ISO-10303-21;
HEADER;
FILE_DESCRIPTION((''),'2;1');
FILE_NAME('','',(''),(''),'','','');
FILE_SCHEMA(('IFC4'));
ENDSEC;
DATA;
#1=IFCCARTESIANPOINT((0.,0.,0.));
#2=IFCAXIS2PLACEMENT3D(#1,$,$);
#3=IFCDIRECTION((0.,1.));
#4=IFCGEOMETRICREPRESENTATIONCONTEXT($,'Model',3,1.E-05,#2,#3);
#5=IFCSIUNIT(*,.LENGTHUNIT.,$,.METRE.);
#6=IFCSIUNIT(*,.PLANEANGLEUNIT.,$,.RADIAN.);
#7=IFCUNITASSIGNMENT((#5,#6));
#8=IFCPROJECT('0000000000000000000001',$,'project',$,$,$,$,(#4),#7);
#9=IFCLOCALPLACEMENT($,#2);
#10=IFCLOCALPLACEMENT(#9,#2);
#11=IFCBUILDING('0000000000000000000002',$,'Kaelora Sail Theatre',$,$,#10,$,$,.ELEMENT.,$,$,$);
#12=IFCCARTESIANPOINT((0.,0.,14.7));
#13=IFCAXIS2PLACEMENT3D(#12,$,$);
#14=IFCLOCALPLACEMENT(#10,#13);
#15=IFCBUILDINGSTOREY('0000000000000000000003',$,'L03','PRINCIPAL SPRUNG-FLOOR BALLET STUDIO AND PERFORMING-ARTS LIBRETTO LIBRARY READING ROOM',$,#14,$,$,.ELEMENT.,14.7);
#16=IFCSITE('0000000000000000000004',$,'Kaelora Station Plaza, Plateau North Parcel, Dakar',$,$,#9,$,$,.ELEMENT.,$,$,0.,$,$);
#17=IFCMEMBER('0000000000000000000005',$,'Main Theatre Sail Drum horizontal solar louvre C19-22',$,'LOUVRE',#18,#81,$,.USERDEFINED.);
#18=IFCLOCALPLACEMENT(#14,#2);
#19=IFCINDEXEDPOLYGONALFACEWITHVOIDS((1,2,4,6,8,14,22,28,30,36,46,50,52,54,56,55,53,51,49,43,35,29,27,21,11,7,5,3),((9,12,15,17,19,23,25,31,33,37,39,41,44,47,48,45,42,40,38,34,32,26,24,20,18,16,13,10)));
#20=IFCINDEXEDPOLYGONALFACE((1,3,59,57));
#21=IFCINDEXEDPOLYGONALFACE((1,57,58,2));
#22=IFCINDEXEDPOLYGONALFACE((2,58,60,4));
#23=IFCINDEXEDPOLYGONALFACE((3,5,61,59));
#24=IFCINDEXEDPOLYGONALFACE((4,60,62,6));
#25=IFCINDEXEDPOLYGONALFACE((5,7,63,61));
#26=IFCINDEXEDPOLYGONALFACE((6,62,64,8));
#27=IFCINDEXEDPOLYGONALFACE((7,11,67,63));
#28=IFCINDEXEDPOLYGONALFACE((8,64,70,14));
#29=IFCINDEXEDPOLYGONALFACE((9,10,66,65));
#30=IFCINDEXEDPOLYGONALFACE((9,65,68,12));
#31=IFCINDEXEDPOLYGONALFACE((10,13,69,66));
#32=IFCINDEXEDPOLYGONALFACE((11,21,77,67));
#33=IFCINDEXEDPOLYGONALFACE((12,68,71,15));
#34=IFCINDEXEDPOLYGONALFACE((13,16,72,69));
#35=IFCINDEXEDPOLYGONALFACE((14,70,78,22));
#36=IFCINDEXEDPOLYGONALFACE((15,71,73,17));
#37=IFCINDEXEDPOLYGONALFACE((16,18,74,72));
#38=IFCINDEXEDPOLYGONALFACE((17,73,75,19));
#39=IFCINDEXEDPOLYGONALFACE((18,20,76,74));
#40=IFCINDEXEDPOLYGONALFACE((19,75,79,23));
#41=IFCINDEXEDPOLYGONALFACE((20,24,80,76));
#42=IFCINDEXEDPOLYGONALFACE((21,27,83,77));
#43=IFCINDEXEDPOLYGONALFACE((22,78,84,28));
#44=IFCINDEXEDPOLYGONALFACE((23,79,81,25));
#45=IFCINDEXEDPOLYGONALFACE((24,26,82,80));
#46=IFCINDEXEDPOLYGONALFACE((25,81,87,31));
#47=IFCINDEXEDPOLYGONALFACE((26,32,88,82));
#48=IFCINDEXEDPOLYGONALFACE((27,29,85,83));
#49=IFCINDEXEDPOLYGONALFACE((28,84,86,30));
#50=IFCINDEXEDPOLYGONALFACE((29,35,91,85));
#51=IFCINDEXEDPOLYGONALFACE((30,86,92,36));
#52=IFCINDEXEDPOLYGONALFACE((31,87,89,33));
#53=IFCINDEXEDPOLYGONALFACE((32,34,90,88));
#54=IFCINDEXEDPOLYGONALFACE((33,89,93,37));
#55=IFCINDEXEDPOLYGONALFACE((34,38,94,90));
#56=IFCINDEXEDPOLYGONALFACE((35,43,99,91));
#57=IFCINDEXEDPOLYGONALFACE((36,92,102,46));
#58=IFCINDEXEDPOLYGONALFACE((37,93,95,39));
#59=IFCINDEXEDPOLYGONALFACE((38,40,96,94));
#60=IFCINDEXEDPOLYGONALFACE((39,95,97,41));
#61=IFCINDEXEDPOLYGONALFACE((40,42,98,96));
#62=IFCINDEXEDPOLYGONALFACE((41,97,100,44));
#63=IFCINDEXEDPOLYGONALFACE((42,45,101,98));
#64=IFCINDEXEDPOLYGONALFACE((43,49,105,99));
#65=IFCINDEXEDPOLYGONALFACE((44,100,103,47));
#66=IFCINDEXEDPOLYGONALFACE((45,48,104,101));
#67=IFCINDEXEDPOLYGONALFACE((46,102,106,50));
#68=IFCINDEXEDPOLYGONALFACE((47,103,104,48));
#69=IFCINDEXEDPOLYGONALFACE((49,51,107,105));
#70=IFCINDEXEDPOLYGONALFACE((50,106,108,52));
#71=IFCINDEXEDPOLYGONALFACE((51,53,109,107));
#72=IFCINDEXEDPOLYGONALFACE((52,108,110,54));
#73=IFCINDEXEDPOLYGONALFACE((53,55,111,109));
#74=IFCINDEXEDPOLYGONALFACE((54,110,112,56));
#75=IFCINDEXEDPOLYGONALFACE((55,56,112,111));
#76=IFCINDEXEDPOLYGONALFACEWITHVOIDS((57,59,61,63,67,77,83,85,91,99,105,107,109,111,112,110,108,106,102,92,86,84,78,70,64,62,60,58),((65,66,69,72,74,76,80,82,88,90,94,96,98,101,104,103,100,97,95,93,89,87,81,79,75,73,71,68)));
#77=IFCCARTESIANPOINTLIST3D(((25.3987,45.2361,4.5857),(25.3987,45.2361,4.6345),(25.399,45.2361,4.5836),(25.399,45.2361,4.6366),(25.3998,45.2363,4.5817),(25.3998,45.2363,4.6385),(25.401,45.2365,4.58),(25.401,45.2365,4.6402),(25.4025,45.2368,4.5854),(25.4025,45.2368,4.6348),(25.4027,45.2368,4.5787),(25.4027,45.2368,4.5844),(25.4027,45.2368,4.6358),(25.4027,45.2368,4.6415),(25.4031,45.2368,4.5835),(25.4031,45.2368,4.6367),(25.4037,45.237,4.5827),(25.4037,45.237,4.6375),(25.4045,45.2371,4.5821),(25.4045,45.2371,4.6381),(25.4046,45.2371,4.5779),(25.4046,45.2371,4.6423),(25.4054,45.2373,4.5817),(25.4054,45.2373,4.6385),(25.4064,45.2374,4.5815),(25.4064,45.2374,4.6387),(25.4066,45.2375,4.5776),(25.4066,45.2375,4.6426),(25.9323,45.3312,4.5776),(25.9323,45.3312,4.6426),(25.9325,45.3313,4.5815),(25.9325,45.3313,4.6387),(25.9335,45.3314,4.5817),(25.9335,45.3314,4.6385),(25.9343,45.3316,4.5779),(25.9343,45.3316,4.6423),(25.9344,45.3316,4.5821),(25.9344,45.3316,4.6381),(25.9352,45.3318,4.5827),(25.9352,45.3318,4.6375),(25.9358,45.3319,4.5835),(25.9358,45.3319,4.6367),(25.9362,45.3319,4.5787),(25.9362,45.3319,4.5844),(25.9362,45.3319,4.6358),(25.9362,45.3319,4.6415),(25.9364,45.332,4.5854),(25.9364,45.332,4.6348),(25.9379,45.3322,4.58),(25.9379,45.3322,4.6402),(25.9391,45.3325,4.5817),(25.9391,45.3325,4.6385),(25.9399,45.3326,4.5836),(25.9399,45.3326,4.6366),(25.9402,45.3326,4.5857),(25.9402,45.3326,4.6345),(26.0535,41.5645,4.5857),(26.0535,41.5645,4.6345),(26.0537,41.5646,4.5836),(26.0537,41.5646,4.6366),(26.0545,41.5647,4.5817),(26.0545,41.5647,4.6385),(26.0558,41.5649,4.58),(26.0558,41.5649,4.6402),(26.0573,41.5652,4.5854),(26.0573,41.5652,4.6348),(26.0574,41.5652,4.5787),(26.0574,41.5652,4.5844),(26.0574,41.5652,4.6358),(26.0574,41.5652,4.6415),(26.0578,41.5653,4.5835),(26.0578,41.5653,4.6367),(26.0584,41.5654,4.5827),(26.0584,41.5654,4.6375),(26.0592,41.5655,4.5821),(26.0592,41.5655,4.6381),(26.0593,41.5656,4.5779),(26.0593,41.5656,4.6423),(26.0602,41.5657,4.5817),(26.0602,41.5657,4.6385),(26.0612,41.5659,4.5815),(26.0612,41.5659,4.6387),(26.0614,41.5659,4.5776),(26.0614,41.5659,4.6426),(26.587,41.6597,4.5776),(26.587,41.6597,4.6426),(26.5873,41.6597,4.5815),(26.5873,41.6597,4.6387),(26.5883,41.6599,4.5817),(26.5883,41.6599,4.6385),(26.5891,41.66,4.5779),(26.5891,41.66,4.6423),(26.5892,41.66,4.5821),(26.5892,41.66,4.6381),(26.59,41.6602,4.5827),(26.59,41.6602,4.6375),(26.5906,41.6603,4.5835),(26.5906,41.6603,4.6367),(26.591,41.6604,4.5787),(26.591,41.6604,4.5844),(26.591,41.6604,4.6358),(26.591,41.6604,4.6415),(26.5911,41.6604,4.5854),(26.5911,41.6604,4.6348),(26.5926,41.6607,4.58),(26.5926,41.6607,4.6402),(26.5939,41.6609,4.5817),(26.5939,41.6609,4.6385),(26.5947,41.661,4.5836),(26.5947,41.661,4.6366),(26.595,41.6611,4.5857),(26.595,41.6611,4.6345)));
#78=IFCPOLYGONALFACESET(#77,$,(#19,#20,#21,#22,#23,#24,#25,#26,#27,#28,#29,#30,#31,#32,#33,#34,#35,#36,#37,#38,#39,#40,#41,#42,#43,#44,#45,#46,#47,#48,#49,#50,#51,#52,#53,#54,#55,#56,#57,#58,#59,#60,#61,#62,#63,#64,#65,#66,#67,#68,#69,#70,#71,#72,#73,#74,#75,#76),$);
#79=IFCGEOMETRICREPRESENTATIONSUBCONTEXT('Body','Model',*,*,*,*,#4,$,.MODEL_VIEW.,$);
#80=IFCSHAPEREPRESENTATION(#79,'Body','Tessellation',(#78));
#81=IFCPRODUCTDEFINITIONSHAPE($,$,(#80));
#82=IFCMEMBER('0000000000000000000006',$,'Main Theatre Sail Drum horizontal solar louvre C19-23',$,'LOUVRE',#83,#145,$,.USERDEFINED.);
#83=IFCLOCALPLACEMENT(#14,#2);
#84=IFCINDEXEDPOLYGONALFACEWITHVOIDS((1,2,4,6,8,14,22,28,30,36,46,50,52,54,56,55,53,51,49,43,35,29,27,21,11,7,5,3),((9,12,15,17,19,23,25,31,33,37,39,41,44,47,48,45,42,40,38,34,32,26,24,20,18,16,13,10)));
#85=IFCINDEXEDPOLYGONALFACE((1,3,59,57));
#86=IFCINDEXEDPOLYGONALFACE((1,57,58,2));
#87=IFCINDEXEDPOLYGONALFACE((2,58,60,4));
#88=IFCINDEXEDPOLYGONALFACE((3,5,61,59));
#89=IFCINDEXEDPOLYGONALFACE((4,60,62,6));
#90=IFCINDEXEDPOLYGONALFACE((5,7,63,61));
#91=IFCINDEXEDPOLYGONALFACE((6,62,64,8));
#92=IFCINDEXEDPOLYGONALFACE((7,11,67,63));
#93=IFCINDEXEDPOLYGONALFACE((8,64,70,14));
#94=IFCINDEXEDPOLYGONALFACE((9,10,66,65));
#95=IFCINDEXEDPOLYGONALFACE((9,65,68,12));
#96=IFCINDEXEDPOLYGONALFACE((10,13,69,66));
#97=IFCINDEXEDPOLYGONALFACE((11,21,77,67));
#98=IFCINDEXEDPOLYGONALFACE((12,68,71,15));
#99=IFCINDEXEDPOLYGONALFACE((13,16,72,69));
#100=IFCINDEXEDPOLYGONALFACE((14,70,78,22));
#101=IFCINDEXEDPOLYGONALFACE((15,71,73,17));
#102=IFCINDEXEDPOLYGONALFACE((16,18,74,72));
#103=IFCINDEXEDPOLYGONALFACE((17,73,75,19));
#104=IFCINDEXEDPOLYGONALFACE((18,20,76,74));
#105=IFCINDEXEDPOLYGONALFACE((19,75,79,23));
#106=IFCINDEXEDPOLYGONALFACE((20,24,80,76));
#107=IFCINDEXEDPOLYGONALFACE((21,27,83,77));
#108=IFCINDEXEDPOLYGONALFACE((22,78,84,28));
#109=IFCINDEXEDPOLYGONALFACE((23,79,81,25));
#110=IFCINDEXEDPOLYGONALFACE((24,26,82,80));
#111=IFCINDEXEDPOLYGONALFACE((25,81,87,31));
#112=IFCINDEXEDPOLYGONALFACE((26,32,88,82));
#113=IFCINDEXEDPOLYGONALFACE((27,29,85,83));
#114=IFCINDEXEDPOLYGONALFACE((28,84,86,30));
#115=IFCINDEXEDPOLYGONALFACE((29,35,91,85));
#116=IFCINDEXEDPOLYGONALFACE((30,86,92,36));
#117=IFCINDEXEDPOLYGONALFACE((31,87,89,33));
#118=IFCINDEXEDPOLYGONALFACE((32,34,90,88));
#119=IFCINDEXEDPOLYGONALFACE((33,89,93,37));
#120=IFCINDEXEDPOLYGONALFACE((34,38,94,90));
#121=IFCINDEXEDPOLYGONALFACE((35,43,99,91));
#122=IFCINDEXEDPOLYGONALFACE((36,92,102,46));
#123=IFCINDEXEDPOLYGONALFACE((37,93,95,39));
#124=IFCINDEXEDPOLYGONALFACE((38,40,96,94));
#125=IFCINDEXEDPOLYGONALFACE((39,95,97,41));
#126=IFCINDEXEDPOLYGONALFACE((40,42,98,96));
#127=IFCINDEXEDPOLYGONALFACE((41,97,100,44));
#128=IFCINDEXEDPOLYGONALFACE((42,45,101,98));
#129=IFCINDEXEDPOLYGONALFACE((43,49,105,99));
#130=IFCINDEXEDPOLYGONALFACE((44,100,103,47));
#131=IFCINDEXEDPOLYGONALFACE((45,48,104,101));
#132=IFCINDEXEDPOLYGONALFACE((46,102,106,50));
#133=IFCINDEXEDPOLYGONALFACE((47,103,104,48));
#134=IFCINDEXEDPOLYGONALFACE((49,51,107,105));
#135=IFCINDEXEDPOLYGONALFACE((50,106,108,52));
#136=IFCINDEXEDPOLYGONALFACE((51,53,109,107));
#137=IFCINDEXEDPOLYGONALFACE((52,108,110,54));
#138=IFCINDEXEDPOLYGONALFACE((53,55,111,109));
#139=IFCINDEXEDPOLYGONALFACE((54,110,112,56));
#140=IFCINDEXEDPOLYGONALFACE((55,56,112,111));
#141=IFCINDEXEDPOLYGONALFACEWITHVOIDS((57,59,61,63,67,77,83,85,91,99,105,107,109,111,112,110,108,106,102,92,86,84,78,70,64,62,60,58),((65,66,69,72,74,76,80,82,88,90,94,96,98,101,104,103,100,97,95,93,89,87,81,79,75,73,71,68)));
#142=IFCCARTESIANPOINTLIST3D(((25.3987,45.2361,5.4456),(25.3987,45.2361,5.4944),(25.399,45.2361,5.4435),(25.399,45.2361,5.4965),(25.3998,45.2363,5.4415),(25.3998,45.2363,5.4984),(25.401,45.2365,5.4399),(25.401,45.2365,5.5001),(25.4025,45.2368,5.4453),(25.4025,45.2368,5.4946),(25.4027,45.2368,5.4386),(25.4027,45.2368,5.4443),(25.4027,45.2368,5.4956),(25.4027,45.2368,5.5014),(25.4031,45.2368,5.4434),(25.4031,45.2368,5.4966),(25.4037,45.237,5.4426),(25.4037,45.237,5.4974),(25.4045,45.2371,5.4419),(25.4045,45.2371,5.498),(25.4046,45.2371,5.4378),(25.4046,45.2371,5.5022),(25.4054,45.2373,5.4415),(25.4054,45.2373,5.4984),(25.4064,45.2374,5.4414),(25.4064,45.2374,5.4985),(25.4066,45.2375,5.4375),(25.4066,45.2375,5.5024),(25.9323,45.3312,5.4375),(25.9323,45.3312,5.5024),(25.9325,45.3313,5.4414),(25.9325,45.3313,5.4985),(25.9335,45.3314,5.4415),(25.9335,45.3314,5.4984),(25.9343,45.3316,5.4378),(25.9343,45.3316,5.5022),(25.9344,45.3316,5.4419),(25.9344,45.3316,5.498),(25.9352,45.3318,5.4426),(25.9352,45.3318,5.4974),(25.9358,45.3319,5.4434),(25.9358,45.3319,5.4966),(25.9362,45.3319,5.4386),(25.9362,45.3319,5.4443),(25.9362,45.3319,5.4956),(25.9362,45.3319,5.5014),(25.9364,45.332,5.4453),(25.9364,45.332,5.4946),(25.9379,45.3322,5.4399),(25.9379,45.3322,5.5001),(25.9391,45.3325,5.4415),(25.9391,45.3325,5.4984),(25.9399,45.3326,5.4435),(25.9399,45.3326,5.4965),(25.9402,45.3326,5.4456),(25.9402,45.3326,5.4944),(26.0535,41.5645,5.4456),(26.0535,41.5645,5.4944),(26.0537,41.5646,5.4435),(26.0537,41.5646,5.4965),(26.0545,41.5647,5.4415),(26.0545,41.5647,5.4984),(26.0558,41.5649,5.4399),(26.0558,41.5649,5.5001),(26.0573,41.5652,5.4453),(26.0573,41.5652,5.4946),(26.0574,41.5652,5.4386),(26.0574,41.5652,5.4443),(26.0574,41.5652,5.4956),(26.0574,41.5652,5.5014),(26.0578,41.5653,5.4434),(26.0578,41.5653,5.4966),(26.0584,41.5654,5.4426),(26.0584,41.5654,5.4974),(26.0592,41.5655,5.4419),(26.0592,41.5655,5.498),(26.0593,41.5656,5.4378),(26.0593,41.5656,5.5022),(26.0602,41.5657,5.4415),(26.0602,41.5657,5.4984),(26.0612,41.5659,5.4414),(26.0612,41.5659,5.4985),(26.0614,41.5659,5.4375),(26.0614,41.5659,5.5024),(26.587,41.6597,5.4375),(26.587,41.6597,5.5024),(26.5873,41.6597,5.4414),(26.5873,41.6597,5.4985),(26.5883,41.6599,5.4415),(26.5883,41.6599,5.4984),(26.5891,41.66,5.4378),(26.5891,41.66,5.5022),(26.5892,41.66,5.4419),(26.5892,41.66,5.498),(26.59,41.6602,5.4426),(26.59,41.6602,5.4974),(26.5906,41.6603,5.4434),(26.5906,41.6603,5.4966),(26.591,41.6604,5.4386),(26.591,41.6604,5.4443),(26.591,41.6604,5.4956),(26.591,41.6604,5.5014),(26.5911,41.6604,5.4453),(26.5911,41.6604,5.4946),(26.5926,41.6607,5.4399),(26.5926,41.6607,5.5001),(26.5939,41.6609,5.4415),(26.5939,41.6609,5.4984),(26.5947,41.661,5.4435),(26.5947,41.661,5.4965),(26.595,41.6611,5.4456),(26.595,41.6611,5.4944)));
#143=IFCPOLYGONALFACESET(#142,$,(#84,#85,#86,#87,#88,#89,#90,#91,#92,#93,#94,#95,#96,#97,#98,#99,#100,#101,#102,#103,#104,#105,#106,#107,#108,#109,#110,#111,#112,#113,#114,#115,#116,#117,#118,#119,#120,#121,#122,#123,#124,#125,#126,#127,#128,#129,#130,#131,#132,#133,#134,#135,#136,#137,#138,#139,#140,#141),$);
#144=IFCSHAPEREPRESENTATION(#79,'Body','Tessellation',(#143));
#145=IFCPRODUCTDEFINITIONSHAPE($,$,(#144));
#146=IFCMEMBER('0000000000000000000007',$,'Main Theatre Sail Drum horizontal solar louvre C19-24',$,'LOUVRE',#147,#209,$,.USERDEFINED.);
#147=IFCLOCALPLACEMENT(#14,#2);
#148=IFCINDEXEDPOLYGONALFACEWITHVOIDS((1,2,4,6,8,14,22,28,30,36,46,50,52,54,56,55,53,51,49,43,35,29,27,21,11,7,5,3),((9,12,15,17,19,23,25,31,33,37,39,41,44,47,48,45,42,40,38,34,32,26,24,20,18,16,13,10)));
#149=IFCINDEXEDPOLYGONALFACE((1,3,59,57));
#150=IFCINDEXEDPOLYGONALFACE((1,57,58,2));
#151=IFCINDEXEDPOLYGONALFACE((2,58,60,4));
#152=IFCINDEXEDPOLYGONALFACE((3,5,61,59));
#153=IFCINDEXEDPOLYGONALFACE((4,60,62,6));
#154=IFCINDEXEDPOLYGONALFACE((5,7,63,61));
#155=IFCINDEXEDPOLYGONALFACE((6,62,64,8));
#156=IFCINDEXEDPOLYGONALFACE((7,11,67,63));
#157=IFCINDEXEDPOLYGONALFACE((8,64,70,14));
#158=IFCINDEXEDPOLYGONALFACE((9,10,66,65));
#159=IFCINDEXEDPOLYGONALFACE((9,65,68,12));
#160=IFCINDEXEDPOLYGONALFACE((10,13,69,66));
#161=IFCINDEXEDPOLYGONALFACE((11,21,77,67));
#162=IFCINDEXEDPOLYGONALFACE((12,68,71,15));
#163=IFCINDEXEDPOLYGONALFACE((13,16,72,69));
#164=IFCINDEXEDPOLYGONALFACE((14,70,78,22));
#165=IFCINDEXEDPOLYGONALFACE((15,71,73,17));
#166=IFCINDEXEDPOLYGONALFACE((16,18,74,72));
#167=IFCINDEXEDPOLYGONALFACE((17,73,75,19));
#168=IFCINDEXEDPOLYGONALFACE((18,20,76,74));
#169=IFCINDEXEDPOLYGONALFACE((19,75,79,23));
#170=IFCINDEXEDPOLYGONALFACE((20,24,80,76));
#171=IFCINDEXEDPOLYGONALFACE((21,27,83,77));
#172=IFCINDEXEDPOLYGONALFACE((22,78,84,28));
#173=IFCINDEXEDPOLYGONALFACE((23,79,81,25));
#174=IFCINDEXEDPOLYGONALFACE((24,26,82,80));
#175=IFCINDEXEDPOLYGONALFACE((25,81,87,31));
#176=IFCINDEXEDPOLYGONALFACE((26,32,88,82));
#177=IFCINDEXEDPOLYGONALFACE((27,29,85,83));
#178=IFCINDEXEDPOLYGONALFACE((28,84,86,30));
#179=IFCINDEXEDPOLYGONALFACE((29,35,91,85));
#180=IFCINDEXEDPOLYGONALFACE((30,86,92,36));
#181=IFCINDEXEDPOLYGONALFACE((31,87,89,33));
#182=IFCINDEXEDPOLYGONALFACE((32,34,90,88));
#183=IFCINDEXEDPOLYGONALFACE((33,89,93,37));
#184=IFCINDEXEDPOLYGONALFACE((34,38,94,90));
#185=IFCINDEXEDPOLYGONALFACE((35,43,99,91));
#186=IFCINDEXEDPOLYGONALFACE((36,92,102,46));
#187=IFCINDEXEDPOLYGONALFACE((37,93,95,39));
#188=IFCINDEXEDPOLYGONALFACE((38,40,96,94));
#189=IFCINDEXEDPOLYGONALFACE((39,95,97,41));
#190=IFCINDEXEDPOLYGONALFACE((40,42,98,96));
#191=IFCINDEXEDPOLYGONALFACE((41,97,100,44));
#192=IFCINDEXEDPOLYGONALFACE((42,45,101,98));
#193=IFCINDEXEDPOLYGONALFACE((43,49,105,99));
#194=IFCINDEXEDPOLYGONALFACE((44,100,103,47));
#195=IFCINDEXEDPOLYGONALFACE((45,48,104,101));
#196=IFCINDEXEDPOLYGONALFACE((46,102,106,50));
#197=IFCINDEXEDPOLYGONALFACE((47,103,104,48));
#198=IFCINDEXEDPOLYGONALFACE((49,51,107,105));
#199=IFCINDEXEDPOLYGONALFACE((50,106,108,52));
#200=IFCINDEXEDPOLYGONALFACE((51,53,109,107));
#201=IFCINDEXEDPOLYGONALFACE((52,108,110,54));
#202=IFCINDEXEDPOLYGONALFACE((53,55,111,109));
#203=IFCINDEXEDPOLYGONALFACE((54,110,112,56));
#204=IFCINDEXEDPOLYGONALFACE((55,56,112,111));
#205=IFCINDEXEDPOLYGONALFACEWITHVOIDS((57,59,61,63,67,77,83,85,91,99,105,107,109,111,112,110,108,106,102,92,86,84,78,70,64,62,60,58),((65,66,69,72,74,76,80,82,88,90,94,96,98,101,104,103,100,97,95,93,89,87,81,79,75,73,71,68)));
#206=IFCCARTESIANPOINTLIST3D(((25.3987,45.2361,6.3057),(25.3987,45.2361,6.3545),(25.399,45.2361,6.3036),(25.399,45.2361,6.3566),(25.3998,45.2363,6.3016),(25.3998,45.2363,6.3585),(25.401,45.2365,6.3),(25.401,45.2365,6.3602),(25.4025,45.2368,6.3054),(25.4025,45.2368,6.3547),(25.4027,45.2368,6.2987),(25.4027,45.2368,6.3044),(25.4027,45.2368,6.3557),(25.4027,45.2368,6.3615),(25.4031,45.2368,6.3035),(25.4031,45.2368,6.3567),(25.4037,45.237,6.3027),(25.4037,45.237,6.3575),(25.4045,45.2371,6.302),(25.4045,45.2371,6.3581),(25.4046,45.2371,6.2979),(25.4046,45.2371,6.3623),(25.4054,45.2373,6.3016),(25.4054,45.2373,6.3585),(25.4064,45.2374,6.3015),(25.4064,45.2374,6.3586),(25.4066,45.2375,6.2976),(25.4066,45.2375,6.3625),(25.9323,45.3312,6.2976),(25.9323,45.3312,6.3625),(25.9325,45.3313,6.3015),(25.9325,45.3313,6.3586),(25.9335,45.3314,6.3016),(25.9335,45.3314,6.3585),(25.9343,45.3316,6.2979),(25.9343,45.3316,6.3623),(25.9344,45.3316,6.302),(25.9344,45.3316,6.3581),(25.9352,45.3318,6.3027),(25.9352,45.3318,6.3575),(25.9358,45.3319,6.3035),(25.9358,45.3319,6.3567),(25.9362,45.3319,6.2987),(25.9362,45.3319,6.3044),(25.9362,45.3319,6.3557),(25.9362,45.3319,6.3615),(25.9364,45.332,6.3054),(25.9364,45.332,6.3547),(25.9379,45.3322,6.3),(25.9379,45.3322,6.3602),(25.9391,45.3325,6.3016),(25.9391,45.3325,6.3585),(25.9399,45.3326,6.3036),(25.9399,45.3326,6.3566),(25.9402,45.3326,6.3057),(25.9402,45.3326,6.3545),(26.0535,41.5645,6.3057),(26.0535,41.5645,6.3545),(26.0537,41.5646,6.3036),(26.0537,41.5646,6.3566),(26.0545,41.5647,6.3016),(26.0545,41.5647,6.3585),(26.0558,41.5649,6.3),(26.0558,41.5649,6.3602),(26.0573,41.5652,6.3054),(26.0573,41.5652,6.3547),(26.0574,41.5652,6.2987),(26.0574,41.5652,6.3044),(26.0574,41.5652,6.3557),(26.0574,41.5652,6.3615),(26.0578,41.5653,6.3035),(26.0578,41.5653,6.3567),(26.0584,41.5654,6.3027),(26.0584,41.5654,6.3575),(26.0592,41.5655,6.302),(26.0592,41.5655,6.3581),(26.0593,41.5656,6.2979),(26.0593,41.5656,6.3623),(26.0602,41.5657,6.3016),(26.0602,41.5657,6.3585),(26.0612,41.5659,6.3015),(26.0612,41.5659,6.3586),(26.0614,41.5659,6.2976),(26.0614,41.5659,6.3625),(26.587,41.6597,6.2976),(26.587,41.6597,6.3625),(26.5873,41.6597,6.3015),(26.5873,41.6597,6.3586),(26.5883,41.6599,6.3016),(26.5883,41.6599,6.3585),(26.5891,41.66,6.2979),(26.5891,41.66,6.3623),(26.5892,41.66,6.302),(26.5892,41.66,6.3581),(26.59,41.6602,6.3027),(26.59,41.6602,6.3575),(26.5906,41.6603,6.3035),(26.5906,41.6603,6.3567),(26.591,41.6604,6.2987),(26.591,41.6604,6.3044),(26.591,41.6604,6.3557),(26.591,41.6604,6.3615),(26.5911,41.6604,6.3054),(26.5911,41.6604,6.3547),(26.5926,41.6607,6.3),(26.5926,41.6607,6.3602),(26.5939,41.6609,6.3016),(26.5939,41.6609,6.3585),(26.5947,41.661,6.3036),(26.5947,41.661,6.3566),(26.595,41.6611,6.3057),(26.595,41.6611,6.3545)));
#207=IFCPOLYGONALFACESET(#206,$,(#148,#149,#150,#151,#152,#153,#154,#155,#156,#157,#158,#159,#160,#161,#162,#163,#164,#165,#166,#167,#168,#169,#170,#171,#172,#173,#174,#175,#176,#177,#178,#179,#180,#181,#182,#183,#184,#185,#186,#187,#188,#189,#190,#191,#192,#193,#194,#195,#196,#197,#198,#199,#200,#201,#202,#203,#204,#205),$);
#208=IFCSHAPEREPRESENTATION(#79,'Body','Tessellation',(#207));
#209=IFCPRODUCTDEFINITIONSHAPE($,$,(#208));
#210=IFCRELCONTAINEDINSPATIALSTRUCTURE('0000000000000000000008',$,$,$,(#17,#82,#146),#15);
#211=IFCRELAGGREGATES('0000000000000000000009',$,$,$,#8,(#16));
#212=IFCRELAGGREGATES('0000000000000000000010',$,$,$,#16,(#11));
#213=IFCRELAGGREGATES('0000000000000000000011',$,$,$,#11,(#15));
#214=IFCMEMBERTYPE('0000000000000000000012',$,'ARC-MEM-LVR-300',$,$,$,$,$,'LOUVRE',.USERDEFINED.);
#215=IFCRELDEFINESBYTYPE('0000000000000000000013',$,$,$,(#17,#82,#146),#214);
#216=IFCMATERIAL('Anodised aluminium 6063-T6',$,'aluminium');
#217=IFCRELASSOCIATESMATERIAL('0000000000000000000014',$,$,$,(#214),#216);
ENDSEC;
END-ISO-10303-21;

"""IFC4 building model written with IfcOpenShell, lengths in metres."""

from ifc_helpers import new_model, si_unit, direction, frame, origin, origin_2d, place, context, subcontext, project, spatial, hollow_rectangle, extrude, material, material_profile, profile_set, type_object, element, save


model = new_model("IFC4")

# Units and contexts
model_context = context("Model", 3, precision=1e-05, world=origin(), true_north=direction((0.0, 1.0)))
body_context = subcontext(model_context, "Body", "Model", "MODEL_VIEW")
ifc_project = project(units=[si_unit("LENGTHUNIT", "METRE"), si_unit("PLANEANGLEUNIT", "RADIAN")], contexts=[model_context])

# Site, building, storey
site_placement = place(None, origin())
site = spatial("IfcSite", under=ifc_project, at=site_placement, Name="Kaelora Station Plaza, Plateau North Parcel, Dakar", CompositionType="ELEMENT", RefElevation=0.0)
building_placement = place(site_placement, origin())
building = spatial("IfcBuilding", under=site, at=building_placement, Name="Kaelora Sail Theatre", CompositionType="ELEMENT")
storey_placement = place(building_placement, frame((0.0, 0.0, 14.7)))
storey = spatial("IfcBuildingStorey", under=building, at=storey_placement, Name="L03", Description="PRINCIPAL SPRUNG-FLOOR BALLET STUDIO AND PERFORMING-ARTS LIBRETTO LIBRARY READING ROOM", CompositionType="ELEMENT", Elevation=14.7)

# Members
ifc_material_1 = material(Name="Anodised aluminium 6063-T6", Category="aluminium")
ifc_material_profile_1 = material_profile(ifc_material_1, hollow_rectangle(XDim=0.55, YDim=0.0649, WallThickness=0.0039, InnerFilletRadius=0.0039, OuterFilletRadius=0.0081, at=origin_2d()), Name="LOUVRE 550x65x4")
ifc_profile_set_1 = profile_set([ifc_material_profile_1], Name="Anodised aluminium 6063-T6")
member_type = type_object("IfcMemberType", Name="ARC-MEM-LVR-300", ElementType="LOUVRE", PredefinedType="USERDEFINED", material=ifc_profile_set_1)
for number, where, z_axis, x_axis, name in (
    (1, (26.3242, 41.6128, 4.6101), (-0.175566, 0.984468, 0.0), (-0.984468, -0.175566, 0.0), "Main Theatre Sail Drum horizontal solar louvre C19-22"),
    (2, (26.3242, 41.6128, 5.47), (-0.175566, 0.984468, 0.0), (-0.984468, -0.175566, 0.0), "Main Theatre Sail Drum horizontal solar louvre C19-23"),
    (3, (26.3242, 41.6128, 6.3301), (-0.175566, 0.984468, 0.0), (-0.984468, -0.175566, 0.0), "Main Theatre Sail Drum horizontal solar louvre C19-24"),
):
    element("IfcMember", number, at=place(storey_placement, frame(where, z_axis=z_axis, x_axis=x_axis)), inside=storey, type_object=member_type, Name=name, ObjectType="LOUVRE", PredefinedType="USERDEFINED", context=body_context, shape_type="SweptSolid", body=[
        extrude(hollow_rectangle(XDim=0.55, YDim=0.0649, WallThickness=0.0039, InnerFilletRadius=0.0039, OuterFilletRadius=0.0081, at=origin_2d()), origin(), (0.0, 0.0, 1.0), 3.7295),
    ])

save(model, "model.ifc")
